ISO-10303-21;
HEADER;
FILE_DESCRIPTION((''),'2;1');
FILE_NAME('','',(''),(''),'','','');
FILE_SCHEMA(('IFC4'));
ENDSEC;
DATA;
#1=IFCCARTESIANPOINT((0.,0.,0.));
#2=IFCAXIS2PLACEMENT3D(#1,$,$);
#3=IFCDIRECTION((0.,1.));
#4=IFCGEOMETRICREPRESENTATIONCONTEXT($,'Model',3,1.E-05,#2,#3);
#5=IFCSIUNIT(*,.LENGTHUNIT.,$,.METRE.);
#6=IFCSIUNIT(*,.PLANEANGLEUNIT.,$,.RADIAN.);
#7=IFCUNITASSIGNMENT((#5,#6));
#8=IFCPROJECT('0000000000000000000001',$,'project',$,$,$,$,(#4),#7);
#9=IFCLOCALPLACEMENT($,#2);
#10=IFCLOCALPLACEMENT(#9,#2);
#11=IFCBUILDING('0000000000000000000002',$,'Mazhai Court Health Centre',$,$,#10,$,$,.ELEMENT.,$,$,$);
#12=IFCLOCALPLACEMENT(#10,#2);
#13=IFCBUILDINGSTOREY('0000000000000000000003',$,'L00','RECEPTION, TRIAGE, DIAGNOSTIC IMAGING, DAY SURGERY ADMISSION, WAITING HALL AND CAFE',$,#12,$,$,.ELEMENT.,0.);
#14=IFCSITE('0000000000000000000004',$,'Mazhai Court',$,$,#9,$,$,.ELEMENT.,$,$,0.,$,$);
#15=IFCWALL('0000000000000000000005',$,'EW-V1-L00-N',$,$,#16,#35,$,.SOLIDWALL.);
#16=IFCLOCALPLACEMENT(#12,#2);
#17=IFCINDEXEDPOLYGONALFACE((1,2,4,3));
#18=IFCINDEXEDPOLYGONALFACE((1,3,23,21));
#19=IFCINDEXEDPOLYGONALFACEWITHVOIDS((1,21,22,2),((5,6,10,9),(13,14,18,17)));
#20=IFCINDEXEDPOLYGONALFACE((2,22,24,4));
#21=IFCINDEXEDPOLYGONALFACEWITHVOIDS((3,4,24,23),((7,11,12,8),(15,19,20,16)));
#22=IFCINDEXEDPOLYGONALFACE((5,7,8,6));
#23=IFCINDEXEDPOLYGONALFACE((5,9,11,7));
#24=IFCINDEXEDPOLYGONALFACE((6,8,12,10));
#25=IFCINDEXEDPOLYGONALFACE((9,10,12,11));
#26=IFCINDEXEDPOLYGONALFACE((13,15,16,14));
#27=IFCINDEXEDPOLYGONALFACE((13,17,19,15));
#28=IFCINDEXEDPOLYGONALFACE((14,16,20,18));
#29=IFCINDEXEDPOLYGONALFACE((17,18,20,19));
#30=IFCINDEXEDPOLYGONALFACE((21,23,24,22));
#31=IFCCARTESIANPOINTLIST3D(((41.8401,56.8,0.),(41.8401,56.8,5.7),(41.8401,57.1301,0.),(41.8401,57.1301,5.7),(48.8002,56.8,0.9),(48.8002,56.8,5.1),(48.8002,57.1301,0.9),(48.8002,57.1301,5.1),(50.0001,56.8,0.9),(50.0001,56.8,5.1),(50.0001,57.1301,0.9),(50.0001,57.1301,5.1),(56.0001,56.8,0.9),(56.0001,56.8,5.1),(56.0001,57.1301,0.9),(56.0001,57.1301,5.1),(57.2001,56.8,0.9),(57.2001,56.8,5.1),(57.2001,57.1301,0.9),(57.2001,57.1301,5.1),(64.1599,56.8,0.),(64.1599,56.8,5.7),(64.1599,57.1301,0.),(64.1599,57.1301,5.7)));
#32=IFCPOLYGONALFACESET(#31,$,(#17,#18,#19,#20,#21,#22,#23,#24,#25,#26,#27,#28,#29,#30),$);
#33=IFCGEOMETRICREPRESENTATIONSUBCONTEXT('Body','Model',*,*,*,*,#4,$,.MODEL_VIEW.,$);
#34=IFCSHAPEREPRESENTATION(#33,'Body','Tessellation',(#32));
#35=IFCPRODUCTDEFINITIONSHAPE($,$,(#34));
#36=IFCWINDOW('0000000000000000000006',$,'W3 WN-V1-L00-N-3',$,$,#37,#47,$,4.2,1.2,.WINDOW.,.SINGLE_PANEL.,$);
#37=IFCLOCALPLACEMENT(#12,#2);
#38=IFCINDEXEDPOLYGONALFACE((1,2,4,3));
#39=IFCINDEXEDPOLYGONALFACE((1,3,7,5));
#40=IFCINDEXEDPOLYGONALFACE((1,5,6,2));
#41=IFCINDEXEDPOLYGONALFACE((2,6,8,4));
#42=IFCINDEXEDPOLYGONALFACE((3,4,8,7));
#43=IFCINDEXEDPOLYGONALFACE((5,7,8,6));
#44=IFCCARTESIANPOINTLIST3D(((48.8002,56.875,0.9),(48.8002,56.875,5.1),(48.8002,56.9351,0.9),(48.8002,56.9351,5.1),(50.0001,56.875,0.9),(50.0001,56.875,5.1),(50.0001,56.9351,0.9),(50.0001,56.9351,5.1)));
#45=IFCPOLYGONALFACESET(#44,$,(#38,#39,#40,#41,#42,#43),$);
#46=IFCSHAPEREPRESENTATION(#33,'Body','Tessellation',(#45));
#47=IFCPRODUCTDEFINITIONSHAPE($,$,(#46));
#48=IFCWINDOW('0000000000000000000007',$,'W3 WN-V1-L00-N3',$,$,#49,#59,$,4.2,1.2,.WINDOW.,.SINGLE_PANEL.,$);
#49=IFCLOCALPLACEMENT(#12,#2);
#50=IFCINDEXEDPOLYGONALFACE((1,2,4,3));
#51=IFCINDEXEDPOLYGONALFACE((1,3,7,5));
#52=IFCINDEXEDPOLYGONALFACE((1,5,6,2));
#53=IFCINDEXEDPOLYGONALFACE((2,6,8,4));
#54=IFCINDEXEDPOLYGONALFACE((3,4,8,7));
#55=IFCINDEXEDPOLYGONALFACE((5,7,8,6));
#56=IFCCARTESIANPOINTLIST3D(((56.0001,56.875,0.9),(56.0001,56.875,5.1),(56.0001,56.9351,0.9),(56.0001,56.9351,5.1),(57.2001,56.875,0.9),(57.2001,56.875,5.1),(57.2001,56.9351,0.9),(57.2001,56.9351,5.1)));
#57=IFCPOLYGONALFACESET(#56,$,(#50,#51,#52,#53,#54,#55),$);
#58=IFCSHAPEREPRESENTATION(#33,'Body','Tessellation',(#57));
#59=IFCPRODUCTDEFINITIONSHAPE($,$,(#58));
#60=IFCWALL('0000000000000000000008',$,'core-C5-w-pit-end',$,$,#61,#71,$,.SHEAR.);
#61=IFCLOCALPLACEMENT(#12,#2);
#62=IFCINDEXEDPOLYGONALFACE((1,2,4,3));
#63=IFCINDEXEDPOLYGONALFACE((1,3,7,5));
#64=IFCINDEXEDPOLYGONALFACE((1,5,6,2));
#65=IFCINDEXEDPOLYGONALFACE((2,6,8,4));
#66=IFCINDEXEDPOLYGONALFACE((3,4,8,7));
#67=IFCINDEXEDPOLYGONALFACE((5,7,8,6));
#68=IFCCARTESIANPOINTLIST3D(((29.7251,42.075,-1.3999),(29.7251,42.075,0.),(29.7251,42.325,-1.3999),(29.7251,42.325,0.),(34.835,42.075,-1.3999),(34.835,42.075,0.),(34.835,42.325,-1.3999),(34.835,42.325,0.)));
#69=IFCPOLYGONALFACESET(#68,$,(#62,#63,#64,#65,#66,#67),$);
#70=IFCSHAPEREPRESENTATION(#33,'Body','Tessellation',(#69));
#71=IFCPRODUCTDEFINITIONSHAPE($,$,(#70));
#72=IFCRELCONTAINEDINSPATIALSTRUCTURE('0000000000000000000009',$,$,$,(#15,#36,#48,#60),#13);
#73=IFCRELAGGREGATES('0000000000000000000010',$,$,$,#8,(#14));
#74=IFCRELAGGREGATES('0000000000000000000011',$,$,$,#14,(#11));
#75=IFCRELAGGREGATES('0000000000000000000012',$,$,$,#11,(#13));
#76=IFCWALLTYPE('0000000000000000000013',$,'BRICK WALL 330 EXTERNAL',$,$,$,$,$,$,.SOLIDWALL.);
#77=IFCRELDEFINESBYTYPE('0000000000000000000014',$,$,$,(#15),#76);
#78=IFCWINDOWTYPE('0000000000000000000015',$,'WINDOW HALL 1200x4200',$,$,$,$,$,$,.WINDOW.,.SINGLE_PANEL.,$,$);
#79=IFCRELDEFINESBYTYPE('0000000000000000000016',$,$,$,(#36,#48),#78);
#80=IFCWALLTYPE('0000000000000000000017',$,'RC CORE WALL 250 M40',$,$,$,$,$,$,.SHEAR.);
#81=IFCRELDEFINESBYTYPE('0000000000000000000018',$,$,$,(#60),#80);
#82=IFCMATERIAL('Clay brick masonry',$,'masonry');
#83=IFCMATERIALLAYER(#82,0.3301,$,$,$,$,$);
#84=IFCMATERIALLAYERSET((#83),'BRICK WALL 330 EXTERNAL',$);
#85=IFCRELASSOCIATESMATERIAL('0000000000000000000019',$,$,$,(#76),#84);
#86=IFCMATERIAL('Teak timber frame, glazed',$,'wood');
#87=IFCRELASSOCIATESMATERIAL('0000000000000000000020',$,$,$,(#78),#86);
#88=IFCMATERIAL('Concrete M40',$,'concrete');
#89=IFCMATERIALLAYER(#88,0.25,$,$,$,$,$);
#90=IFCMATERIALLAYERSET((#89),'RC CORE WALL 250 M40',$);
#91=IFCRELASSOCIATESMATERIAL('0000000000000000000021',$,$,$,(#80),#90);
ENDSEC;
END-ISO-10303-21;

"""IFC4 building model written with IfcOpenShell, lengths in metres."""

from ifc_helpers import new_model, si_unit, direction, frame, frame_2d, origin, place, context, subcontext, project, spatial, rectangle, extrude, material, layer, layer_set, type_object, element, fill, save


model = new_model("IFC4")

# Units and contexts
model_context = context("Model", 3, precision=1e-05, world=origin(), true_north=direction((0.0, 1.0)))
body_context = subcontext(model_context, "Body", "Model", "MODEL_VIEW")
ifc_project = project(units=[si_unit("LENGTHUNIT", "METRE"), si_unit("PLANEANGLEUNIT", "RADIAN")], contexts=[model_context])

# Site, building, storey
site_placement = place(None, origin())
site = spatial("IfcSite", under=ifc_project, at=site_placement, Name="Mazhai Court", CompositionType="ELEMENT", RefElevation=0.0)
building_placement = place(site_placement, origin())
building = spatial("IfcBuilding", under=site, at=building_placement, Name="Mazhai Court Health Centre", CompositionType="ELEMENT")
storey_placement = place(building_placement, origin())
storey = spatial("IfcBuildingStorey", under=building, at=storey_placement, Name="L00", Description="RECEPTION, TRIAGE, DIAGNOSTIC IMAGING, DAY SURGERY ADMISSION, WAITING HALL AND CAFE", CompositionType="ELEMENT", Elevation=0.0)

# Shared definitions
ifc_material_1 = material(Name="Clay brick masonry", Category="masonry")
ifc_layer_1 = layer(ifc_material_1, 0.3301)
ifc_layer_set_1 = layer_set([ifc_layer_1], Name="BRICK WALL 330 EXTERNAL")
wall_type_1 = type_object("IfcWallType", Name="BRICK WALL 330 EXTERNAL", PredefinedType="SOLIDWALL", material=ifc_layer_set_1)

# Wall, openings, windows
ifc_material_2 = material(Name="Teak timber frame, glazed", Category="wood")
window_type = type_object("IfcWindowType", Name="WINDOW HALL 1200x4200", PartitioningType="SINGLE_PANEL", PredefinedType="WINDOW", material=ifc_material_2)
wall_1_placement = place(storey_placement, frame((41.8401, 56.9651, 0.0), z_axis=(0.0, 0.0, 1.0), x_axis=(1.0, 0.0, 0.0)))
wall_1 = element("IfcWall", 1, at=wall_1_placement, inside=storey, type_object=wall_type_1, Name="EW-V1-L00-N", PredefinedType="SOLIDWALL", context=body_context, shape_type="SweptSolid", body=[
    extrude(rectangle(XDim=22.3198, YDim=0.3301, at=frame_2d((11.1599, 0.0))), origin(), (0.0, 0.0, 1.0), 5.7),
])
opening_1_placement = place(wall_1_placement, frame((6.96, 0.0, 0.8999)))
opening_1 = element("IfcOpeningElement", 2, at=opening_1_placement, cuts=wall_1, PredefinedType="OPENING", context=body_context, shape_type="SweptSolid", body=[
    extrude(rectangle(XDim=1.2, YDim=4.2, at=frame_2d((0.6001, 2.1001))), frame((0.0, 0.175, 0.0), z_axis=(0.0, -1.0, 0.0), x_axis=(1.0, 0.0, 0.0)), (0.0, 0.0, 1.0), 0.3501),
])
opening_2_placement = place(wall_1_placement, frame((14.1599, 0.0, 0.8999)))
opening_2 = element("IfcOpeningElement", 3, at=opening_2_placement, cuts=wall_1, PredefinedType="OPENING", context=body_context, shape_type="SweptSolid", body=[
    extrude(rectangle(XDim=1.2, YDim=4.2, at=frame_2d((0.6001, 2.1001))), frame((0.0, 0.175, 0.0), z_axis=(0.0, -1.0, 0.0), x_axis=(1.0, 0.0, 0.0)), (0.0, 0.0, 1.0), 0.3501),
])
window_1_placement = place(opening_1_placement, origin())
window_1 = element("IfcWindow", 4, at=window_1_placement, inside=storey, type_object=window_type, Name="W3 WN-V1-L00-N-3", OverallHeight=4.2, OverallWidth=1.2, PartitioningType="SINGLE_PANEL", PredefinedType="WINDOW", context=body_context, shape_type="SweptSolid", body=[
    extrude(rectangle(XDim=1.2, YDim=4.2, at=frame_2d((0.6001, 2.1001))), frame((0.0, -0.03, 0.0), z_axis=(0.0, -1.0, 0.0), x_axis=(1.0, 0.0, 0.0)), (0.0, 0.0, 1.0), 0.0601),
])
fill(opening_1, window_1)
window_2_placement = place(opening_2_placement, origin())
window_2 = element("IfcWindow", 5, at=window_2_placement, inside=storey, type_object=window_type, Name="W3 WN-V1-L00-N3", OverallHeight=4.2, OverallWidth=1.2, PartitioningType="SINGLE_PANEL", PredefinedType="WINDOW", context=body_context, shape_type="SweptSolid", body=[
    extrude(rectangle(XDim=1.2, YDim=4.2, at=frame_2d((0.6001, 2.1001))), frame((0.0, -0.03, 0.0), z_axis=(0.0, -1.0, 0.0), x_axis=(1.0, 0.0, 0.0)), (0.0, 0.0, 1.0), 0.0601),
])
fill(opening_2, window_2)

# Wall
ifc_material_3 = material(Name="Concrete M40", Category="concrete")
ifc_layer_2 = layer(ifc_material_3, 0.25)
ifc_layer_set_2 = layer_set([ifc_layer_2], Name="RC CORE WALL 250 M40")
wall_type_2 = type_object("IfcWallType", Name="RC CORE WALL 250 M40", PredefinedType="SHEAR", material=ifc_layer_set_2)
wall_2_placement = place(storey_placement, frame((29.7251, 42.2, -1.3999), z_axis=(0.0, 0.0, 1.0), x_axis=(1.0, 0.0, 0.0)))
element("IfcWall", 6, at=wall_2_placement, inside=storey, type_object=wall_type_2, Name="core-C5-w-pit-end", PredefinedType="SHEAR", context=body_context, shape_type="SweptSolid", body=[
    extrude(rectangle(XDim=5.1099, YDim=0.25, at=frame_2d((2.5549, 0.0))), origin(), (0.0, 0.0, 1.0), 1.3999),
])

save(model, "model.ifc")
